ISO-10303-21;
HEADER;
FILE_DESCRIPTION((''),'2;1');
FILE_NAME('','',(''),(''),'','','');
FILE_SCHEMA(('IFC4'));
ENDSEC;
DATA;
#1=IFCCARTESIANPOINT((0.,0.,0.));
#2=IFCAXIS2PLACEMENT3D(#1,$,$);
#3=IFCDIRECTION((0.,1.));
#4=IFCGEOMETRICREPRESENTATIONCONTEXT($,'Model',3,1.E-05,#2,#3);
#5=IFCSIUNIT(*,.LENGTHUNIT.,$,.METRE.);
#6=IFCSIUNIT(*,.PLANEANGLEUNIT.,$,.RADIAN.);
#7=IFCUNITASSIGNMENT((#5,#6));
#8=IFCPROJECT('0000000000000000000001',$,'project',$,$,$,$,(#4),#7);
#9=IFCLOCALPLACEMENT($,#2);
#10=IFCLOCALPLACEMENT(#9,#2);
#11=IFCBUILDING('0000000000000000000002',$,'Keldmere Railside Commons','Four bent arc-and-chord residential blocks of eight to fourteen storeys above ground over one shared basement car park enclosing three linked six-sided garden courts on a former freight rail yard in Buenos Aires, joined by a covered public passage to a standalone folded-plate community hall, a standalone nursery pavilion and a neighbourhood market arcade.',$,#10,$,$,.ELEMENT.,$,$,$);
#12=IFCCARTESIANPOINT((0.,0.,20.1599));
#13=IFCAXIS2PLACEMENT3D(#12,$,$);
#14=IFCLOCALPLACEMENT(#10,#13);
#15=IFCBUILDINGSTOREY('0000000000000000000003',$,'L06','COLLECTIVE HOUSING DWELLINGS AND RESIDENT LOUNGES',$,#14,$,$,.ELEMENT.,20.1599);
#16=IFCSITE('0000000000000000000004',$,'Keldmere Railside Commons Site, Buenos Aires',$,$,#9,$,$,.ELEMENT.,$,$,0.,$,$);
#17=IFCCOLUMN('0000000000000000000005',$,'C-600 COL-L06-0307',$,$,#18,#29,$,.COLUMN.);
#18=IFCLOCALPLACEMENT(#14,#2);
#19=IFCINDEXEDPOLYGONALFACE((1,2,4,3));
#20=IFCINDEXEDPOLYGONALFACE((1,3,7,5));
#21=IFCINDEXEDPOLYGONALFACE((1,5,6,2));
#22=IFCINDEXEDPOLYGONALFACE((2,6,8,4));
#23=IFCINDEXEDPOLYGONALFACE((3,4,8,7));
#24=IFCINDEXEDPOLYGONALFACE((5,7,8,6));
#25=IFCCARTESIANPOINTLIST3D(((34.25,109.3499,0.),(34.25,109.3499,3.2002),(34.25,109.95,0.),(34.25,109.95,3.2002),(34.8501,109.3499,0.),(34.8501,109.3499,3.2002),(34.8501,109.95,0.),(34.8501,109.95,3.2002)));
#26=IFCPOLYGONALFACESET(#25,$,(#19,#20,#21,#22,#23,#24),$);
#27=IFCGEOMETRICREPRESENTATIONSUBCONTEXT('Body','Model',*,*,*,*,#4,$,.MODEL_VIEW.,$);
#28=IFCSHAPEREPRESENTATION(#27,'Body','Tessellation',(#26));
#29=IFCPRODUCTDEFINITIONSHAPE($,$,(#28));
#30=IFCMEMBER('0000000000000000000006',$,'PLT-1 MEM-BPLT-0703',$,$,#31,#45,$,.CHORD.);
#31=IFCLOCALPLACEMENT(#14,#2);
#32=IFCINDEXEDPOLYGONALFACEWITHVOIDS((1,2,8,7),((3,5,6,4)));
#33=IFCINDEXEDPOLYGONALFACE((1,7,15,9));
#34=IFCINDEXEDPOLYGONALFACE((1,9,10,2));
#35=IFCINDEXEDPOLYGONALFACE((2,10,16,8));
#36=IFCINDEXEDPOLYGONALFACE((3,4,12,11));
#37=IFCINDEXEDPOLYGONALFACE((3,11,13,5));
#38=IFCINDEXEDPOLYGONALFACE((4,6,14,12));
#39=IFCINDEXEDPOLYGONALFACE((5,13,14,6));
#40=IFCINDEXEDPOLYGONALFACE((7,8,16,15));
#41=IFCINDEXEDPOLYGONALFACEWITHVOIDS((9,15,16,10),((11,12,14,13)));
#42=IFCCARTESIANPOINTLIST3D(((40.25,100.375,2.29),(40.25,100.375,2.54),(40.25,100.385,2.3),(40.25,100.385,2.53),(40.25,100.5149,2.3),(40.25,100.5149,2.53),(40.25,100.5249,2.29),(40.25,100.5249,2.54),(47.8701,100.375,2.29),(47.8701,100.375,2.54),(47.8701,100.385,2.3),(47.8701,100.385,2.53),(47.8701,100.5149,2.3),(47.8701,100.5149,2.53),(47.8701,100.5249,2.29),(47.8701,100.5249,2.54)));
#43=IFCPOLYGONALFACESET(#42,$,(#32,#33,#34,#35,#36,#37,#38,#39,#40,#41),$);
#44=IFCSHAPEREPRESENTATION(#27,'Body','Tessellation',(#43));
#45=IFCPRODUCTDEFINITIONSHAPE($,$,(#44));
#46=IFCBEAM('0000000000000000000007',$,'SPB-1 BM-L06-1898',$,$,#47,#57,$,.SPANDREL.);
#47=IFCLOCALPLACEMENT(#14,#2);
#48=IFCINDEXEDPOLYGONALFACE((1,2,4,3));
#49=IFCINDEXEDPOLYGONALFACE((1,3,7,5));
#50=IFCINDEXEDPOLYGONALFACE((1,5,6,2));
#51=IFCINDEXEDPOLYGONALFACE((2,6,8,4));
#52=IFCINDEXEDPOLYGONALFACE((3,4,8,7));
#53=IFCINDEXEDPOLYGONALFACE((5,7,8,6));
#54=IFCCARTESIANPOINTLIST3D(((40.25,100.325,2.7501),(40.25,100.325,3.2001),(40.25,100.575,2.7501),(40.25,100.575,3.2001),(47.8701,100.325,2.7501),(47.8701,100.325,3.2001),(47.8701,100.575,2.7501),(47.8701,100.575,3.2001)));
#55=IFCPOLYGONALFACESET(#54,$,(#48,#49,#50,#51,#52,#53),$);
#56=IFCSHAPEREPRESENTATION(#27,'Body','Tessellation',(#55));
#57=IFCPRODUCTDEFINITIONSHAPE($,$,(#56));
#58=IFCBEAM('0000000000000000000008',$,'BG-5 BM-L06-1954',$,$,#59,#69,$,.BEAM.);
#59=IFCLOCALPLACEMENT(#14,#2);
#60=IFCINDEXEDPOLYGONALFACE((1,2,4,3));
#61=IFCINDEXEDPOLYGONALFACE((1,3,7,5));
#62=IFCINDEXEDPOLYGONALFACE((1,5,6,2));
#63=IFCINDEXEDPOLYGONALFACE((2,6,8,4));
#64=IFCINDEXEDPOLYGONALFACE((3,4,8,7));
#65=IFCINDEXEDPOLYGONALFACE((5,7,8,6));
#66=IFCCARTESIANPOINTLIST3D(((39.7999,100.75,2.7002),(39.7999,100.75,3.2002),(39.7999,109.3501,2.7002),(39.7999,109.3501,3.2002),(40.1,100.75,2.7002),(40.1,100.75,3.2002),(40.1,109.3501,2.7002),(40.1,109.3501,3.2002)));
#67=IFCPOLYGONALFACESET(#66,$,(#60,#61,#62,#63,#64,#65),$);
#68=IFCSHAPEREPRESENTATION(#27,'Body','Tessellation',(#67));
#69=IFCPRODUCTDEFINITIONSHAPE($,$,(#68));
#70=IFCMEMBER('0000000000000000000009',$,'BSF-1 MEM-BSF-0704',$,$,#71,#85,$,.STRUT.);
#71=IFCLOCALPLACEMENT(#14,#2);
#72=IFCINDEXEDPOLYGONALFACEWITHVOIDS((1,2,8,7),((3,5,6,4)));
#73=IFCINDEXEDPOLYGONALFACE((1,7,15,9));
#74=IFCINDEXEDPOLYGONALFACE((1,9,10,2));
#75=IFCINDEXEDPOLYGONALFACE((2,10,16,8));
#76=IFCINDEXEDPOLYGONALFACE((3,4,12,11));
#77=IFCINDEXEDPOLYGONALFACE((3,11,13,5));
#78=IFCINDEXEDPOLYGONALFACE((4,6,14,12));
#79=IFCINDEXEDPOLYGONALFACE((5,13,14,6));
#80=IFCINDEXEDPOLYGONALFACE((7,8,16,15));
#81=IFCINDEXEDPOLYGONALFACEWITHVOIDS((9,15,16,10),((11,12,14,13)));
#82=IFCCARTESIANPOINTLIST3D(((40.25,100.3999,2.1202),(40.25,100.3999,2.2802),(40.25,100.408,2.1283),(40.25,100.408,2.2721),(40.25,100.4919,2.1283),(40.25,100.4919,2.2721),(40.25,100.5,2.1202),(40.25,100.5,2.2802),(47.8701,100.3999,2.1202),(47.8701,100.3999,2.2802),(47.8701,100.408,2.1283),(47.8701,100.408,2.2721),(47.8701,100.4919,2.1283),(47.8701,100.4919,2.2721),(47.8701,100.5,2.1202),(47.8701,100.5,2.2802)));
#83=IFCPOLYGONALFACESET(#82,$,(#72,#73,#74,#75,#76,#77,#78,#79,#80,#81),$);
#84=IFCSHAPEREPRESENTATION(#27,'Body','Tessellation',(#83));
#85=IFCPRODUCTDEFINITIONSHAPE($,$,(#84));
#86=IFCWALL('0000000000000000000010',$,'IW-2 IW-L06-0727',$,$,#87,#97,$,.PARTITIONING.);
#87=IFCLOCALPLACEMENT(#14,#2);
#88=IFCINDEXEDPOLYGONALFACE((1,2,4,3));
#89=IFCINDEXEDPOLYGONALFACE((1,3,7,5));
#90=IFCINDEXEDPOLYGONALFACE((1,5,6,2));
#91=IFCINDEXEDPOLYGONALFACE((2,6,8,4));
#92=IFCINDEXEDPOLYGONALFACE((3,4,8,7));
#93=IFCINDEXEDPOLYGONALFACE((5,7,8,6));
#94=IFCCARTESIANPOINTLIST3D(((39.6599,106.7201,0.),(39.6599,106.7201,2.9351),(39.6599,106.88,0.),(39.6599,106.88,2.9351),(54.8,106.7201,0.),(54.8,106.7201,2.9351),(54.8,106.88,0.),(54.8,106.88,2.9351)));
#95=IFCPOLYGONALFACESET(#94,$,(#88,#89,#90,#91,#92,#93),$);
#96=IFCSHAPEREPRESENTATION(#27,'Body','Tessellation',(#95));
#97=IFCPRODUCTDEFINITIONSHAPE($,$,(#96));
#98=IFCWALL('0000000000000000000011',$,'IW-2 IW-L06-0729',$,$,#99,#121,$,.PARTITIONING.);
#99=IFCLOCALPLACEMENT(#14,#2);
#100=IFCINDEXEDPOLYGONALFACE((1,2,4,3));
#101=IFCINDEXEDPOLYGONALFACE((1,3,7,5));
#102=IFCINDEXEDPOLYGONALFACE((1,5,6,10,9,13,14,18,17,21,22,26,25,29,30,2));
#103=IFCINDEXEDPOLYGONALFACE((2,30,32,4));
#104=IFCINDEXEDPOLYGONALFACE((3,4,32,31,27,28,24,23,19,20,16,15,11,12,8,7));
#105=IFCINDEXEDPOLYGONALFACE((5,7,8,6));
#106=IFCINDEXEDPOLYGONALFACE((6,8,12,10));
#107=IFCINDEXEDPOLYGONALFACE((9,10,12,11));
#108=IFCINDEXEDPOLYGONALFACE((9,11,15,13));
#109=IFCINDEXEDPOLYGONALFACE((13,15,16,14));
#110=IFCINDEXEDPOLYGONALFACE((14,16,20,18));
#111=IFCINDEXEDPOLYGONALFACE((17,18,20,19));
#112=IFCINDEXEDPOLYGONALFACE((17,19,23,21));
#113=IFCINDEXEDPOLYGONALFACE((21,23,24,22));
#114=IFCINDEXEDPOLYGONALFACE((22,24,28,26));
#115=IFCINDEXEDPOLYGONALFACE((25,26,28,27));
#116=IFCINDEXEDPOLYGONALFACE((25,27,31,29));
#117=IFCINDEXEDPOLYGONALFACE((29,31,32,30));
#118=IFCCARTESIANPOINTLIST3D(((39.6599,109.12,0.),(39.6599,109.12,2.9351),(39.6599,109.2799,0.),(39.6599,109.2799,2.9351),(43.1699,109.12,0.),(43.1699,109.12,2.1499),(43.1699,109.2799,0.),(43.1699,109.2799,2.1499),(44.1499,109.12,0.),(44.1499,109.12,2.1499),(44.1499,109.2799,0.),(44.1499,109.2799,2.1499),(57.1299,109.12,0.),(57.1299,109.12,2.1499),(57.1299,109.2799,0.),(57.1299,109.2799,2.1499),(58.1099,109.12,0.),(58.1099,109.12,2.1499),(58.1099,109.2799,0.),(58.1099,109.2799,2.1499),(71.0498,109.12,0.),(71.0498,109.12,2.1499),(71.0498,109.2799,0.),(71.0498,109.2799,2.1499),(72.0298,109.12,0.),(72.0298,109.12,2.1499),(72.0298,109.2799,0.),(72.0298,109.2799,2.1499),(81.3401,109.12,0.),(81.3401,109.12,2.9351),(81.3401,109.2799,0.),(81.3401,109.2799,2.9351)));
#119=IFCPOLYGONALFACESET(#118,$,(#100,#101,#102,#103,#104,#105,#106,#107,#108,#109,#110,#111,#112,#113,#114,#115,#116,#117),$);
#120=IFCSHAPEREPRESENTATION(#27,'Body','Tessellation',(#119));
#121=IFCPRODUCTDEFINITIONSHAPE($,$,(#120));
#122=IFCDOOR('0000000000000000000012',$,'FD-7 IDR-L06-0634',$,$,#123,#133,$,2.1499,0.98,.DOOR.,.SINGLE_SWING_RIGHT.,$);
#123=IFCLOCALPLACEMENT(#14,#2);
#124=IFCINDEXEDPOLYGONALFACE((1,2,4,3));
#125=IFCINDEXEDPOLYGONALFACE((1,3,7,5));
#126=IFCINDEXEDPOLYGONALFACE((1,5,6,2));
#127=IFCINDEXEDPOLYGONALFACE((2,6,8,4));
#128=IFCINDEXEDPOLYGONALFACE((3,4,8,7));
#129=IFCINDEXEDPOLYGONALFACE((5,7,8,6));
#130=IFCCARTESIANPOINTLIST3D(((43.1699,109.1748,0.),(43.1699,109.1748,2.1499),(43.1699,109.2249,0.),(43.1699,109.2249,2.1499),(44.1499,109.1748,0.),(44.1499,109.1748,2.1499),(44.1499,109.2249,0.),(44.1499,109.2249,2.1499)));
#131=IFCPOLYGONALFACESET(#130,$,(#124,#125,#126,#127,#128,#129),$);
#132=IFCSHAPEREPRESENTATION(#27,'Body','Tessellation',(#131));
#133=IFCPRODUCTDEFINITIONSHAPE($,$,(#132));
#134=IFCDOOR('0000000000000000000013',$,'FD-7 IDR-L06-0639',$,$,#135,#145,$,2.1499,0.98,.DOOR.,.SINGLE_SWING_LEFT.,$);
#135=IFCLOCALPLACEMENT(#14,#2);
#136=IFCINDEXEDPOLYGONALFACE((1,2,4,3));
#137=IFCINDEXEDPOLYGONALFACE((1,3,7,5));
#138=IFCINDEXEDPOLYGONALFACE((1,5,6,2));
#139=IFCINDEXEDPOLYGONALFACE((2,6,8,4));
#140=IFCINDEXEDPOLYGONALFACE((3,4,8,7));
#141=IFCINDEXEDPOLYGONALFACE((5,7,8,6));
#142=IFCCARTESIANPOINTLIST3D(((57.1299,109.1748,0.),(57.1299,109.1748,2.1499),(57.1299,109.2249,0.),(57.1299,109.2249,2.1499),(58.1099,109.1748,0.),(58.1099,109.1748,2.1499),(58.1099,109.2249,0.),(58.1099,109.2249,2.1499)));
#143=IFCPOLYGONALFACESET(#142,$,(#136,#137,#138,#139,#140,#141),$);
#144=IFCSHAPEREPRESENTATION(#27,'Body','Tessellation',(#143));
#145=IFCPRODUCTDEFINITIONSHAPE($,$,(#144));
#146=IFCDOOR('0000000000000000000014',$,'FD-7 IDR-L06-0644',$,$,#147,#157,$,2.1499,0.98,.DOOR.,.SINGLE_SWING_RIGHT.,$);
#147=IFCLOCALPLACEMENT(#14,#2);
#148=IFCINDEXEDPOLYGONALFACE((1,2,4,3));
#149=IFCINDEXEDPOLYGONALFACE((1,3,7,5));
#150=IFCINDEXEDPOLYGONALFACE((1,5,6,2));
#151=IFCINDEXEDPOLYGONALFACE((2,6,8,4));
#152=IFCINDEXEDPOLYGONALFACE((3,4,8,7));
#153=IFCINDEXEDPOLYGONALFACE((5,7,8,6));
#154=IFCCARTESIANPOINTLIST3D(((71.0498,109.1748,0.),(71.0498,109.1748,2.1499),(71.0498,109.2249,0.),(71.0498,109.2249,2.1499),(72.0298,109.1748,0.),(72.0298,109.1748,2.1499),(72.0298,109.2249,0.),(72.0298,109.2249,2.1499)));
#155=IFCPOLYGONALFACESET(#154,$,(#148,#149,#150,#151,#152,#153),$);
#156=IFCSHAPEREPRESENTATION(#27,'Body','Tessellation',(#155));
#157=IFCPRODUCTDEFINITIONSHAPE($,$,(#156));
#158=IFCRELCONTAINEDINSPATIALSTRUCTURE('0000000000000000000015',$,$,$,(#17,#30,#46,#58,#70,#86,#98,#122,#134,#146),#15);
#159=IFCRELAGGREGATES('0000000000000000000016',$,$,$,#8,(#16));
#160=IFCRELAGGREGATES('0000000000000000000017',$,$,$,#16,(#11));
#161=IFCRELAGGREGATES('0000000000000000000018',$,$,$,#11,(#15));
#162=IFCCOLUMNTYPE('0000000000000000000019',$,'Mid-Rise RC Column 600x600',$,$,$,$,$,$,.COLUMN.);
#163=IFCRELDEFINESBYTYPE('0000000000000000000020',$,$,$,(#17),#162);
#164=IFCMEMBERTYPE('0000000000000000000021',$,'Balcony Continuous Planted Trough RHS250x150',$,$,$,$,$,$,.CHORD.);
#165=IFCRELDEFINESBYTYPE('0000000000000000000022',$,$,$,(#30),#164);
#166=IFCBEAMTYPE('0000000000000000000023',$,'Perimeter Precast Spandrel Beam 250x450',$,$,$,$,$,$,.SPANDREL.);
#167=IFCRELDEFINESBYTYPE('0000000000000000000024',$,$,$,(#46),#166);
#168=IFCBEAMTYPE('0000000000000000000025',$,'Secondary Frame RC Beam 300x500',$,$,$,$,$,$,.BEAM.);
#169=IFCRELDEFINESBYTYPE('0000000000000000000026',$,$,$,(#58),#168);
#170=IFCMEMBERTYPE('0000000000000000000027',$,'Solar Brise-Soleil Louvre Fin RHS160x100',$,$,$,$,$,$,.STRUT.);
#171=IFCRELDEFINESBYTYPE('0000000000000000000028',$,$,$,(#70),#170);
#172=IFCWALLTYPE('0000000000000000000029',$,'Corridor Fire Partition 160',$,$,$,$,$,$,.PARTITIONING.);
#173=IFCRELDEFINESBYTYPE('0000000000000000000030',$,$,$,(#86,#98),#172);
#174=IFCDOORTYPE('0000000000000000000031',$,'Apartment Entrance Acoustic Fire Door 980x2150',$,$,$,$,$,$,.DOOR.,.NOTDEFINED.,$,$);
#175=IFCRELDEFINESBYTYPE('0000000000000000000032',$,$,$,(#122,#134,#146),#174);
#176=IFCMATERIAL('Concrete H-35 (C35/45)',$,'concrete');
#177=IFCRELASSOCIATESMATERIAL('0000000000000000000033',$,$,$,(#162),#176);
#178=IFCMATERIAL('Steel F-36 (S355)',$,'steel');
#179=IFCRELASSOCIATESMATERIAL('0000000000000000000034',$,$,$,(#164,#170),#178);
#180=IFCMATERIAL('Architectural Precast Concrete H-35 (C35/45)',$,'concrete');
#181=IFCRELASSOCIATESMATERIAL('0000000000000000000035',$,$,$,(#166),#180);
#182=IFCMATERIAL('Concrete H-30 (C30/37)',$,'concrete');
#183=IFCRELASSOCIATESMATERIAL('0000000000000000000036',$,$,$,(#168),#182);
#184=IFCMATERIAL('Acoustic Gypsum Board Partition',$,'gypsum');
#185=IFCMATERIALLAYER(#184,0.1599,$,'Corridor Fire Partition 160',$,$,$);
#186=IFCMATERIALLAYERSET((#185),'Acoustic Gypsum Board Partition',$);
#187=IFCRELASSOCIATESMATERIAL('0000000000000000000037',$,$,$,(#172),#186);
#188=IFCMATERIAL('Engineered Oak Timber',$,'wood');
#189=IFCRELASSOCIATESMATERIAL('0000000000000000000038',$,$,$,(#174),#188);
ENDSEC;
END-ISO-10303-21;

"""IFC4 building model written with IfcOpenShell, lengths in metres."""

from ifc_helpers import new_model, si_unit, direction, frame, frame_2d, origin, origin_2d, place, context, subcontext, project, spatial, rectangle, hollow_rectangle, extrude, material, layer, layer_set, material_profile, profile_set, type_object, element, fill, save


model = new_model("IFC4")

# Units and contexts
model_context = context("Model", 3, precision=1e-05, world=origin(), true_north=direction((0.0, 1.0)))
body_context = subcontext(model_context, "Body", "Model", "MODEL_VIEW")
ifc_project = project(units=[si_unit("LENGTHUNIT", "METRE"), si_unit("PLANEANGLEUNIT", "RADIAN")], contexts=[model_context])

# Site, building, storey
site_placement = place(None, origin())
site = spatial("IfcSite", under=ifc_project, at=site_placement, Name="Keldmere Railside Commons Site, Buenos Aires", CompositionType="ELEMENT", RefElevation=0.0)
building_placement = place(site_placement, origin())
building = spatial("IfcBuilding", under=site, at=building_placement, Name="Keldmere Railside Commons", Description="Four bent arc-and-chord residential blocks of eight to fourteen storeys above ground over one shared basement car park enclosing three linked six-sided garden courts on a former freight rail yard in Buenos Aires, joined by a covered public passage to a standalone folded-plate community hall, a standalone nursery pavilion and a neighbourhood market arcade.", CompositionType="ELEMENT")
storey_placement = place(building_placement, frame((0.0, 0.0, 20.1599)))
storey = spatial("IfcBuildingStorey", under=building, at=storey_placement, Name="L06", Description="COLLECTIVE HOUSING DWELLINGS AND RESIDENT LOUNGES", CompositionType="ELEMENT", Elevation=20.1599)

# Column
ifc_material_1 = material(Name="Concrete H-35 (C35/45)", Category="concrete")
ifc_material_profile_1 = material_profile(ifc_material_1, rectangle(XDim=0.6001, YDim=0.6001, at=origin_2d()), Name="RC-600x600")
ifc_profile_set_1 = profile_set([ifc_material_profile_1], Name="Concrete H-35 (C35/45)")
column_type = type_object("IfcColumnType", Name="Mid-Rise RC Column 600x600", PredefinedType="COLUMN", material=ifc_profile_set_1)
column_placement = place(storey_placement, frame((34.55, 109.6499, 0.0), z_axis=(0.0, 0.0, 1.0), x_axis=(1.0, 0.0, 0.0)))
element("IfcColumn", 1, at=column_placement, inside=storey, type_object=column_type, Name="C-600 COL-L06-0307", PredefinedType="COLUMN", context=body_context, shape_type="SweptSolid", body=[
    extrude(rectangle(XDim=0.6001, YDim=0.6001, at=origin_2d()), origin(), (0.0, 0.0, 1.0), 3.2002),
])

# Member
ifc_material_2 = material(Name="Steel F-36 (S355)", Category="steel")
ifc_material_profile_2 = material_profile(ifc_material_2, hollow_rectangle(XDim=0.1499, YDim=0.25, WallThickness=0.01, at=origin_2d()), Name="RHS-250x150x10")
ifc_profile_set_2 = profile_set([ifc_material_profile_2], Name="Steel F-36 (S355)")
member_type_1 = type_object("IfcMemberType", Name="Balcony Continuous Planted Trough RHS250x150", PredefinedType="CHORD", material=ifc_profile_set_2)
member_1_placement = place(storey_placement, frame((40.25, 100.45, 2.415), z_axis=(1.0, 0.0, 0.0), x_axis=(0.0, 1.0, 0.0)))
element("IfcMember", 2, at=member_1_placement, inside=storey, type_object=member_type_1, Name="PLT-1 MEM-BPLT-0703", PredefinedType="CHORD", context=body_context, shape_type="SweptSolid", body=[
    extrude(hollow_rectangle(XDim=0.1499, YDim=0.25, WallThickness=0.01, at=origin_2d()), origin(), (0.0, 0.0, 1.0), 7.6201),
])

# Beams
ifc_material_3 = material(Name="Architectural Precast Concrete H-35 (C35/45)", Category="concrete")
ifc_material_profile_3 = material_profile(ifc_material_3, rectangle(XDim=0.25, YDim=0.45, at=origin_2d()), Name="RC-250x450")
ifc_profile_set_3 = profile_set([ifc_material_profile_3], Name="Architectural Precast Concrete H-35 (C35/45)")
beam_type_1 = type_object("IfcBeamType", Name="Perimeter Precast Spandrel Beam 250x450", PredefinedType="SPANDREL", material=ifc_profile_set_3)
beam_1_placement = place(storey_placement, frame((40.25, 100.45, 2.9751), z_axis=(1.0, 0.0, 0.0), x_axis=(0.0, 1.0, 0.0)))
element("IfcBeam", 3, at=beam_1_placement, inside=storey, type_object=beam_type_1, Name="SPB-1 BM-L06-1898", PredefinedType="SPANDREL", context=body_context, shape_type="SweptSolid", body=[
    extrude(rectangle(XDim=0.25, YDim=0.45, at=origin_2d()), origin(), (0.0, 0.0, 1.0), 7.6201),
])
ifc_material_4 = material(Name="Concrete H-30 (C30/37)", Category="concrete")
ifc_material_profile_4 = material_profile(ifc_material_4, rectangle(XDim=0.3, YDim=0.5, at=origin_2d()), Name="RC-300x500")
ifc_profile_set_4 = profile_set([ifc_material_profile_4], Name="Concrete H-30 (C30/37)")
beam_type_2 = type_object("IfcBeamType", Name="Secondary Frame RC Beam 300x500", PredefinedType="BEAM", material=ifc_profile_set_4)
beam_2_placement = place(storey_placement, frame((39.95, 100.75, 2.9502), z_axis=(0.0, 1.0, 0.0), x_axis=(-1.0, 0.0, 0.0)))
element("IfcBeam", 4, at=beam_2_placement, inside=storey, type_object=beam_type_2, Name="BG-5 BM-L06-1954", PredefinedType="BEAM", context=body_context, shape_type="SweptSolid", body=[
    extrude(rectangle(XDim=0.3, YDim=0.5, at=origin_2d()), origin(), (0.0, 0.0, 1.0), 8.6001),
])

# Member
ifc_material_profile_5 = material_profile(ifc_material_2, hollow_rectangle(XDim=0.1001, YDim=0.1599, WallThickness=0.0081, at=origin_2d()), Name="RHS-160x100x8")
ifc_profile_set_5 = profile_set([ifc_material_profile_5], Name="Steel F-36 (S355)")
member_type_2 = type_object("IfcMemberType", Name="Solar Brise-Soleil Louvre Fin RHS160x100", PredefinedType="STRUT", material=ifc_profile_set_5)
member_2_placement = place(storey_placement, frame((40.25, 100.45, 2.2002), z_axis=(1.0, 0.0, 0.0), x_axis=(0.0, 1.0, 0.0)))
element("IfcMember", 5, at=member_2_placement, inside=storey, type_object=member_type_2, Name="BSF-1 MEM-BSF-0704", PredefinedType="STRUT", context=body_context, shape_type="SweptSolid", body=[
    extrude(hollow_rectangle(XDim=0.1001, YDim=0.1599, WallThickness=0.0081, at=origin_2d()), origin(), (0.0, 0.0, 1.0), 7.6201),
])

# Wall
ifc_material_5 = material(Name="Acoustic Gypsum Board Partition", Category="gypsum")
ifc_layer_1 = layer(ifc_material_5, 0.1599, Name="Corridor Fire Partition 160")
ifc_layer_set_1 = layer_set([ifc_layer_1], Name="Acoustic Gypsum Board Partition")
wall_type_1 = type_object("IfcWallType", Name="Corridor Fire Partition 160", PredefinedType="PARTITIONING", material=ifc_layer_set_1)
wall_1_placement = place(storey_placement, frame((39.6599, 106.8, 0.0), z_axis=(0.0, 0.0, 1.0), x_axis=(1.0, 0.0, 0.0)))
element("IfcWall", 6, at=wall_1_placement, inside=storey, type_object=wall_type_1, Name="IW-2 IW-L06-0727", PredefinedType="PARTITIONING", context=body_context, shape_type="SweptSolid", body=[
    extrude(rectangle(XDim=15.1401, YDim=0.1599, at=frame_2d((7.5701, 0.0))), origin(), (0.0, 0.0, 1.0), 2.9351),
])

# Wall, openings, doors
wall_2_placement = place(storey_placement, frame((39.6599, 109.2, 0.0), z_axis=(0.0, 0.0, 1.0), x_axis=(1.0, 0.0, 0.0)))
wall_2 = element("IfcWall", 7, at=wall_2_placement, inside=storey, type_object=wall_type_1, Name="IW-2 IW-L06-0729", PredefinedType="PARTITIONING", context=body_context, shape_type="SweptSolid", body=[
    extrude(rectangle(XDim=41.6802, YDim=0.1599, at=frame_2d((20.8401, 0.0))), origin(), (0.0, 0.0, 1.0), 2.9351),
])
opening_1_placement = place(wall_2_placement, frame((3.51, 0.0, 0.0)))
opening_1 = element("IfcOpeningElement", 8, at=opening_1_placement, cuts=wall_2, PredefinedType="OPENING", context=body_context, shape_type="SweptSolid", body=[
    extrude(rectangle(XDim=0.98, YDim=2.1499, at=frame_2d((0.49, 1.075))), frame((0.0, 0.0898, 0.0), z_axis=(0.0, -1.0, 0.0), x_axis=(1.0, 0.0, 0.0)), (0.0, 0.0, 1.0), 0.1799),
])
opening_2_placement = place(wall_2_placement, frame((17.47, 0.0, 0.0)))
opening_2 = element("IfcOpeningElement", 9, at=opening_2_placement, cuts=wall_2, PredefinedType="OPENING", context=body_context, shape_type="SweptSolid", body=[
    extrude(rectangle(XDim=0.98, YDim=2.1499, at=frame_2d((0.49, 1.075))), frame((0.0, 0.0898, 0.0), z_axis=(0.0, -1.0, 0.0), x_axis=(1.0, 0.0, 0.0)), (0.0, 0.0, 1.0), 0.1799),
])
opening_3_placement = place(wall_2_placement, frame((31.3899, 0.0, 0.0)))
opening_3 = element("IfcOpeningElement", 10, at=opening_3_placement, cuts=wall_2, PredefinedType="OPENING", context=body_context, shape_type="SweptSolid", body=[
    extrude(rectangle(XDim=0.98, YDim=2.1499, at=frame_2d((0.49, 1.075))), frame((0.0, 0.0898, 0.0), z_axis=(0.0, -1.0, 0.0), x_axis=(1.0, 0.0, 0.0)), (0.0, 0.0, 1.0), 0.1799),
])
ifc_material_6 = material(Name="Engineered Oak Timber", Category="wood")
door_type_1 = type_object("IfcDoorType", Name="Apartment Entrance Acoustic Fire Door 980x2150", OperationType="NOTDEFINED", PredefinedType="DOOR", material=ifc_material_6)
door_1_placement = place(opening_1_placement, origin())
door_1 = element("IfcDoor", 11, at=door_1_placement, inside=storey, type_object=door_type_1, Name="FD-7 IDR-L06-0634", OperationType="SINGLE_SWING_RIGHT", OverallHeight=2.1499, OverallWidth=0.98, PredefinedType="DOOR", context=body_context, shape_type="SweptSolid", body=[
    extrude(rectangle(XDim=0.98, YDim=2.1499, at=frame_2d((0.49, 1.075))), frame((0.0, 0.0249, 0.0), z_axis=(0.0, -1.0, 0.0), x_axis=(1.0, 0.0, 0.0)), (0.0, 0.0, 1.0), 0.05),
])
fill(opening_1, door_1)
door_2_placement = place(opening_2_placement, origin())
door_2 = element("IfcDoor", 12, at=door_2_placement, inside=storey, type_object=door_type_1, Name="FD-7 IDR-L06-0639", OperationType="SINGLE_SWING_LEFT", OverallHeight=2.1499, OverallWidth=0.98, PredefinedType="DOOR", context=body_context, shape_type="SweptSolid", body=[
    extrude(rectangle(XDim=0.98, YDim=2.1499, at=frame_2d((0.49, 1.075))), frame((0.0, 0.0249, 0.0), z_axis=(0.0, -1.0, 0.0), x_axis=(1.0, 0.0, 0.0)), (0.0, 0.0, 1.0), 0.05),
])
fill(opening_2, door_2)
door_3_placement = place(opening_3_placement, origin())
door_3 = element("IfcDoor", 13, at=door_3_placement, inside=storey, type_object=door_type_1, Name="FD-7 IDR-L06-0644", OperationType="SINGLE_SWING_RIGHT", OverallHeight=2.1499, OverallWidth=0.98, PredefinedType="DOOR", context=body_context, shape_type="SweptSolid", body=[
    extrude(rectangle(XDim=0.98, YDim=2.1499, at=frame_2d((0.49, 1.075))), frame((0.0, 0.0249, 0.0), z_axis=(0.0, -1.0, 0.0), x_axis=(1.0, 0.0, 0.0)), (0.0, 0.0, 1.0), 0.05),
])
fill(opening_3, door_3)

save(model, "model.ifc")
